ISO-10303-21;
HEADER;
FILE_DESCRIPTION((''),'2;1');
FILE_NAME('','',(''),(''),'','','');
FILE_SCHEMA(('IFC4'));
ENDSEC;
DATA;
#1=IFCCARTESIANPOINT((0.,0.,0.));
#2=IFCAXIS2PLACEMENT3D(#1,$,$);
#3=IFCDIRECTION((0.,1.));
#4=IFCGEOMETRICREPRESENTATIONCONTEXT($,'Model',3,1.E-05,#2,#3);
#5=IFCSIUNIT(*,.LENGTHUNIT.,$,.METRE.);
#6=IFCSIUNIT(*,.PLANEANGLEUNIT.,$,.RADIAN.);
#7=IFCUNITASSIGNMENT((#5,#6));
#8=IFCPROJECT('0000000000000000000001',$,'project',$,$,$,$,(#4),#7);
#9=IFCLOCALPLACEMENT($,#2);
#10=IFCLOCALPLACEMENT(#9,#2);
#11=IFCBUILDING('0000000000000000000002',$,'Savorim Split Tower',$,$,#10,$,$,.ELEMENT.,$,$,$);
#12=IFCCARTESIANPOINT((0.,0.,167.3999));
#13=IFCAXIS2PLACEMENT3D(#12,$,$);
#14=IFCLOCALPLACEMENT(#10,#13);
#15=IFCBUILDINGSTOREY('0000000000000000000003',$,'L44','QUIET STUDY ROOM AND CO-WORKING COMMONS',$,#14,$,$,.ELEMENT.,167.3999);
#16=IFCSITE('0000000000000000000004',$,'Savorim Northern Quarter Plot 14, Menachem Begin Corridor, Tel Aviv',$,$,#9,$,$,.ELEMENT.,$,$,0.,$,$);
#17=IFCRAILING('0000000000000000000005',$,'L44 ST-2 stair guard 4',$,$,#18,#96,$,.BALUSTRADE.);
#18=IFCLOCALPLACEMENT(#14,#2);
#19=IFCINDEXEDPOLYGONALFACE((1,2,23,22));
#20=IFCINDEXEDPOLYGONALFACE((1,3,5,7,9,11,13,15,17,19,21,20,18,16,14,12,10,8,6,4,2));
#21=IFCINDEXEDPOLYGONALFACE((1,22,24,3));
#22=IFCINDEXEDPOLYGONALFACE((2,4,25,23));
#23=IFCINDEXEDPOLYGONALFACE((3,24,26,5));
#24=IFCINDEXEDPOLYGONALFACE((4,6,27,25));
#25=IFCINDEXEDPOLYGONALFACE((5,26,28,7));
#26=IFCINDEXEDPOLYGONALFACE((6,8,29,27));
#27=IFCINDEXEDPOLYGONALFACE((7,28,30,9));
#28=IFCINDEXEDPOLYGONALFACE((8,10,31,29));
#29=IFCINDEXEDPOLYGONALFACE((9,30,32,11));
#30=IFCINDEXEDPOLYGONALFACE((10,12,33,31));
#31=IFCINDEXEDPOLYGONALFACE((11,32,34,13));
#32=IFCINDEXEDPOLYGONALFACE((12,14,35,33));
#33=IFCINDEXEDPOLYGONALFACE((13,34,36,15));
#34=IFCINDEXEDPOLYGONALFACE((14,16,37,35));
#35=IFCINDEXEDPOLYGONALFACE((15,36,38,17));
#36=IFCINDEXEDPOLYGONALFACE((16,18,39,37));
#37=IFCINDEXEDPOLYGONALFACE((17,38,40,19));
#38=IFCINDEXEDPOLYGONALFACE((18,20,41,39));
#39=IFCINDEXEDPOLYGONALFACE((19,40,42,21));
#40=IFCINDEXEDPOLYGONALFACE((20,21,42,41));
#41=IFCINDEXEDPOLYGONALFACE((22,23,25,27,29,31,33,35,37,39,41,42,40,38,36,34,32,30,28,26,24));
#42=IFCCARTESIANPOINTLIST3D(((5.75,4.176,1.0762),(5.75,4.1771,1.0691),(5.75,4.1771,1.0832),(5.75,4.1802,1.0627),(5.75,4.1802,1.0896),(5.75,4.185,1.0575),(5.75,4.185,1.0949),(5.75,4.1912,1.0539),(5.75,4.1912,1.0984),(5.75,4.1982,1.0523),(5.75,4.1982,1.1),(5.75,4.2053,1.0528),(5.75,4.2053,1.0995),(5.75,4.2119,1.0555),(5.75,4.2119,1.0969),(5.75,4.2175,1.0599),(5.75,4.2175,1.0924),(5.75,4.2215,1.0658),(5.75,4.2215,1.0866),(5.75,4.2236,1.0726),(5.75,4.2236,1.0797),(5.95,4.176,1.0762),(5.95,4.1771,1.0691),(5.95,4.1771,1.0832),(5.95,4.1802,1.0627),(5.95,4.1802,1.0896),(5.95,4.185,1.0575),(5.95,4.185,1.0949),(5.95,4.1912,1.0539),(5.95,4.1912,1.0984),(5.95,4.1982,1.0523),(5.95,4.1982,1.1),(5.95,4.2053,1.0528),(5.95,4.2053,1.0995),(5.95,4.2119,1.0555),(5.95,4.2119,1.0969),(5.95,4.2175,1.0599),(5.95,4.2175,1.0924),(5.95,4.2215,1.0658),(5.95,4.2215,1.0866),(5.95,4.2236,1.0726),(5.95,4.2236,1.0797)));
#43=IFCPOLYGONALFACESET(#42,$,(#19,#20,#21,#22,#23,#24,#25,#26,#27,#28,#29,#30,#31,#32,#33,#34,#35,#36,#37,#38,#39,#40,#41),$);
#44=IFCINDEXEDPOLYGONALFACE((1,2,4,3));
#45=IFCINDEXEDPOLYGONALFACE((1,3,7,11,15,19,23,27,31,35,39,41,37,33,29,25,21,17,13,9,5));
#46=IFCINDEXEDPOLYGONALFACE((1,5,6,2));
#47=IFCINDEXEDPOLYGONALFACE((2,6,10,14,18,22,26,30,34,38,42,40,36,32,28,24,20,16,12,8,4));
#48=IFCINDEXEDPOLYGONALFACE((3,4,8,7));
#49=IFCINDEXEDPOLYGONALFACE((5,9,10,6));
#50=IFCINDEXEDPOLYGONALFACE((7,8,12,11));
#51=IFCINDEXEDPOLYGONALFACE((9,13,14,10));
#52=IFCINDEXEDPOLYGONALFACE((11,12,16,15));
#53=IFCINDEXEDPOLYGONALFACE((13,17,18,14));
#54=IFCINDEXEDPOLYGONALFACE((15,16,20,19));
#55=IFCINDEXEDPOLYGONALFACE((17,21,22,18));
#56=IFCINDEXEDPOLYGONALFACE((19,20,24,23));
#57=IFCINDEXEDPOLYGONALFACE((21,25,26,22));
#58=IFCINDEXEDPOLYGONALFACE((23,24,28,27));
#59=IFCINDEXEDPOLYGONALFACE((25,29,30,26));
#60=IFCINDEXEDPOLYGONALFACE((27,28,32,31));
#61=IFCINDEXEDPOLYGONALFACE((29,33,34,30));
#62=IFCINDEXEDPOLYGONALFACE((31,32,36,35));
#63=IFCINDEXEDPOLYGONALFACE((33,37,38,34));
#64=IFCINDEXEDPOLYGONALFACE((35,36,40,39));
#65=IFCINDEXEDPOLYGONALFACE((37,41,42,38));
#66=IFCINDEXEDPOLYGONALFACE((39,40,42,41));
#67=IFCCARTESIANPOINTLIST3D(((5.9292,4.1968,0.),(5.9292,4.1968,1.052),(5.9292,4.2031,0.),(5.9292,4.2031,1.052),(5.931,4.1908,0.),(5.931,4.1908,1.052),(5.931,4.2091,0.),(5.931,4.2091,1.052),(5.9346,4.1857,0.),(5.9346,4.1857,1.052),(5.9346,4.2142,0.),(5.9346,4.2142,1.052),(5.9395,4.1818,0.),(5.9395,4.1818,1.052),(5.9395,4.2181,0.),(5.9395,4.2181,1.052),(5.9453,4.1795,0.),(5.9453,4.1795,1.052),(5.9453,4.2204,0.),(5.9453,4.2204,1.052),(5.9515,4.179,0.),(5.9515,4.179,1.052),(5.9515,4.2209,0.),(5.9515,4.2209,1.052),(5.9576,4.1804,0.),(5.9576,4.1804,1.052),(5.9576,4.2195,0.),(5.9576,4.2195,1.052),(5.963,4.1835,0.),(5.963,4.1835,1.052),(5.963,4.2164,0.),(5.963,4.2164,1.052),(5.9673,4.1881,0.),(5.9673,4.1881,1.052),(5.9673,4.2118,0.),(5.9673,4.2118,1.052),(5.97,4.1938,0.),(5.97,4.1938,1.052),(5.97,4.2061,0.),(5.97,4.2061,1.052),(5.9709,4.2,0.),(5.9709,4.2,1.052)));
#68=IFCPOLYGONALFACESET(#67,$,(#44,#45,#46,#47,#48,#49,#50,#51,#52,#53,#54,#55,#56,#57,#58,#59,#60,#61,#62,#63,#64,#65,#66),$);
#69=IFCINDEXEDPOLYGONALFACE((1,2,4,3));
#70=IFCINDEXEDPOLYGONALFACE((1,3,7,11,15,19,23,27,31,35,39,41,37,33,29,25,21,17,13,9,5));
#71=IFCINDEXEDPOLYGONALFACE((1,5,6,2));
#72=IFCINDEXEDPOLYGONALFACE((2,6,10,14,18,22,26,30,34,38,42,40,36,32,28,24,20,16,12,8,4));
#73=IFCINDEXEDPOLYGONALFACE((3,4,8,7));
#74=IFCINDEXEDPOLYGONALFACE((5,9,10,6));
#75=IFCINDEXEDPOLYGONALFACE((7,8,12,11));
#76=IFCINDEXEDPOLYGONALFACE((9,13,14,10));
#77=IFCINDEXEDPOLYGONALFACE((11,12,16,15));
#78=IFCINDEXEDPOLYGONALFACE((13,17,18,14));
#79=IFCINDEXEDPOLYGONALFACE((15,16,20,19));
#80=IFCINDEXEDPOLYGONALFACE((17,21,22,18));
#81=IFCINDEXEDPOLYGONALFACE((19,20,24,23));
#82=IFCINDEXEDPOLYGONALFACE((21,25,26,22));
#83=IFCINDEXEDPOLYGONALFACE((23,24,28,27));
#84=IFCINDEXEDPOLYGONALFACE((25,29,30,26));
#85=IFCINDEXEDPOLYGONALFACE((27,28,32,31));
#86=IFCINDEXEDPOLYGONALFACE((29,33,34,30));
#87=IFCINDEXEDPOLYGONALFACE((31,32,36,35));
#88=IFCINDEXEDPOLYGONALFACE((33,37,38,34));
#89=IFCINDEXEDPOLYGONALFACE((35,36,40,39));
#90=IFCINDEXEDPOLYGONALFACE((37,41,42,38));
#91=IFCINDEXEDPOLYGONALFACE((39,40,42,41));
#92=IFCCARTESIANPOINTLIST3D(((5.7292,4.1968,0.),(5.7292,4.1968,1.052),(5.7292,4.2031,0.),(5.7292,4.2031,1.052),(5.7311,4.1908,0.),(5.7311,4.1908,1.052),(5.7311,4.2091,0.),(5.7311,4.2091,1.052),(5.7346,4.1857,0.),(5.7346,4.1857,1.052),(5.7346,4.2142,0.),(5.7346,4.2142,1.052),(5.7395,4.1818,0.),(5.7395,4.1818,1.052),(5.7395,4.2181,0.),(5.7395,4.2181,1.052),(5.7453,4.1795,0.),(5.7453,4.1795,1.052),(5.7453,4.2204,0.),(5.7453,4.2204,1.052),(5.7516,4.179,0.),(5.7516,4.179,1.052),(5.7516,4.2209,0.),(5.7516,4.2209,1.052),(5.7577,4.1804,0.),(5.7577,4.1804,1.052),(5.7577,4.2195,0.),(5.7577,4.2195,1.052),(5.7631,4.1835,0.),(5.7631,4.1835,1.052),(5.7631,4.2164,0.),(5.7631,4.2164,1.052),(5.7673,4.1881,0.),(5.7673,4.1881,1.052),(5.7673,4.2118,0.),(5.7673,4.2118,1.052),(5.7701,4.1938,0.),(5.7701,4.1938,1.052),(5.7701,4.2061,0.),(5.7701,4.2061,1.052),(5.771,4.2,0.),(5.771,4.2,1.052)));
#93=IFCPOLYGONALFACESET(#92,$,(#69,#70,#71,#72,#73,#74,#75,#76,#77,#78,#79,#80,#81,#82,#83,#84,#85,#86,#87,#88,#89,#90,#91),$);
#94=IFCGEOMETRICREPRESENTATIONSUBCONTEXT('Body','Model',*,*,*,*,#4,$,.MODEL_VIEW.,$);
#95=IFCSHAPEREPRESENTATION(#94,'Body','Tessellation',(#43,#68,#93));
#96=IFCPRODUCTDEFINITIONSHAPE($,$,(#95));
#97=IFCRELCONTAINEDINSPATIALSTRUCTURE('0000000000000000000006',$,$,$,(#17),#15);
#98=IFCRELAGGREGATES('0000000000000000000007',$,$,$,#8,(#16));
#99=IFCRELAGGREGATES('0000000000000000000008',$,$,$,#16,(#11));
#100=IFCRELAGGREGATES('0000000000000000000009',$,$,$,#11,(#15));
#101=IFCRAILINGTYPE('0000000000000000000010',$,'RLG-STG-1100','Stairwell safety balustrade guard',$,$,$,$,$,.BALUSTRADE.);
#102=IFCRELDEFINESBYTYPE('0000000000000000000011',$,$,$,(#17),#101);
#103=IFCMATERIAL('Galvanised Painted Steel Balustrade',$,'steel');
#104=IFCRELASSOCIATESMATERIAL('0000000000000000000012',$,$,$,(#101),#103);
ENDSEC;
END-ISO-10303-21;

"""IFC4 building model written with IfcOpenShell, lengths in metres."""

from ifc_helpers import new_model, si_unit, direction, frame, origin, origin_2d, place, context, subcontext, project, spatial, circle, extrude, material, type_object, element, save


model = new_model("IFC4")

# Units and contexts
model_context = context("Model", 3, precision=1e-05, world=origin(), true_north=direction((0.0, 1.0)))
body_context = subcontext(model_context, "Body", "Model", "MODEL_VIEW")
ifc_project = project(units=[si_unit("LENGTHUNIT", "METRE"), si_unit("PLANEANGLEUNIT", "RADIAN")], contexts=[model_context])

# Site, building, storey
site_placement = place(None, origin())
site = spatial("IfcSite", under=ifc_project, at=site_placement, Name="Savorim Northern Quarter Plot 14, Menachem Begin Corridor, Tel Aviv", CompositionType="ELEMENT", RefElevation=0.0)
building_placement = place(site_placement, origin())
building = spatial("IfcBuilding", under=site, at=building_placement, Name="Savorim Split Tower", CompositionType="ELEMENT")
storey_placement = place(building_placement, frame((0.0, 0.0, 167.3999)))
storey = spatial("IfcBuildingStorey", under=building, at=storey_placement, Name="L44", Description="QUIET STUDY ROOM AND CO-WORKING COMMONS", CompositionType="ELEMENT", Elevation=167.3999)

# Railing
ifc_material_1 = material(Name="Galvanised Painted Steel Balustrade", Category="steel")
railing_type_1 = type_object("IfcRailingType", Name="RLG-STG-1100", Description="Stairwell safety balustrade guard", PredefinedType="BALUSTRADE", material=ifc_material_1)
railing_1_placement = place(storey_placement, frame((5.95, 4.2, 0.0)))
element("IfcRailing", 1, at=railing_1_placement, inside=storey, type_object=railing_type_1, Name="L44 ST-2 stair guard 4", PredefinedType="BALUSTRADE", context=body_context, shape_type="SweptSolid", body=[
    extrude(circle(Radius=0.0239, at=origin_2d()), frame((0.0, 0.0, 1.0762), z_axis=(-1.0, 0.0, 0.0), x_axis=(0.0, -1.0, 0.0)), (0.0, 0.0, 1.0), 0.2),
    extrude(circle(Radius=0.021, at=origin_2d()), origin(), (0.0, 0.0, 1.0), 1.052),
    extrude(circle(Radius=0.021, at=origin_2d()), frame((-0.2, 0.0, 0.0)), (0.0, 0.0, 1.0), 1.052),
])

save(model, "model.ifc")
